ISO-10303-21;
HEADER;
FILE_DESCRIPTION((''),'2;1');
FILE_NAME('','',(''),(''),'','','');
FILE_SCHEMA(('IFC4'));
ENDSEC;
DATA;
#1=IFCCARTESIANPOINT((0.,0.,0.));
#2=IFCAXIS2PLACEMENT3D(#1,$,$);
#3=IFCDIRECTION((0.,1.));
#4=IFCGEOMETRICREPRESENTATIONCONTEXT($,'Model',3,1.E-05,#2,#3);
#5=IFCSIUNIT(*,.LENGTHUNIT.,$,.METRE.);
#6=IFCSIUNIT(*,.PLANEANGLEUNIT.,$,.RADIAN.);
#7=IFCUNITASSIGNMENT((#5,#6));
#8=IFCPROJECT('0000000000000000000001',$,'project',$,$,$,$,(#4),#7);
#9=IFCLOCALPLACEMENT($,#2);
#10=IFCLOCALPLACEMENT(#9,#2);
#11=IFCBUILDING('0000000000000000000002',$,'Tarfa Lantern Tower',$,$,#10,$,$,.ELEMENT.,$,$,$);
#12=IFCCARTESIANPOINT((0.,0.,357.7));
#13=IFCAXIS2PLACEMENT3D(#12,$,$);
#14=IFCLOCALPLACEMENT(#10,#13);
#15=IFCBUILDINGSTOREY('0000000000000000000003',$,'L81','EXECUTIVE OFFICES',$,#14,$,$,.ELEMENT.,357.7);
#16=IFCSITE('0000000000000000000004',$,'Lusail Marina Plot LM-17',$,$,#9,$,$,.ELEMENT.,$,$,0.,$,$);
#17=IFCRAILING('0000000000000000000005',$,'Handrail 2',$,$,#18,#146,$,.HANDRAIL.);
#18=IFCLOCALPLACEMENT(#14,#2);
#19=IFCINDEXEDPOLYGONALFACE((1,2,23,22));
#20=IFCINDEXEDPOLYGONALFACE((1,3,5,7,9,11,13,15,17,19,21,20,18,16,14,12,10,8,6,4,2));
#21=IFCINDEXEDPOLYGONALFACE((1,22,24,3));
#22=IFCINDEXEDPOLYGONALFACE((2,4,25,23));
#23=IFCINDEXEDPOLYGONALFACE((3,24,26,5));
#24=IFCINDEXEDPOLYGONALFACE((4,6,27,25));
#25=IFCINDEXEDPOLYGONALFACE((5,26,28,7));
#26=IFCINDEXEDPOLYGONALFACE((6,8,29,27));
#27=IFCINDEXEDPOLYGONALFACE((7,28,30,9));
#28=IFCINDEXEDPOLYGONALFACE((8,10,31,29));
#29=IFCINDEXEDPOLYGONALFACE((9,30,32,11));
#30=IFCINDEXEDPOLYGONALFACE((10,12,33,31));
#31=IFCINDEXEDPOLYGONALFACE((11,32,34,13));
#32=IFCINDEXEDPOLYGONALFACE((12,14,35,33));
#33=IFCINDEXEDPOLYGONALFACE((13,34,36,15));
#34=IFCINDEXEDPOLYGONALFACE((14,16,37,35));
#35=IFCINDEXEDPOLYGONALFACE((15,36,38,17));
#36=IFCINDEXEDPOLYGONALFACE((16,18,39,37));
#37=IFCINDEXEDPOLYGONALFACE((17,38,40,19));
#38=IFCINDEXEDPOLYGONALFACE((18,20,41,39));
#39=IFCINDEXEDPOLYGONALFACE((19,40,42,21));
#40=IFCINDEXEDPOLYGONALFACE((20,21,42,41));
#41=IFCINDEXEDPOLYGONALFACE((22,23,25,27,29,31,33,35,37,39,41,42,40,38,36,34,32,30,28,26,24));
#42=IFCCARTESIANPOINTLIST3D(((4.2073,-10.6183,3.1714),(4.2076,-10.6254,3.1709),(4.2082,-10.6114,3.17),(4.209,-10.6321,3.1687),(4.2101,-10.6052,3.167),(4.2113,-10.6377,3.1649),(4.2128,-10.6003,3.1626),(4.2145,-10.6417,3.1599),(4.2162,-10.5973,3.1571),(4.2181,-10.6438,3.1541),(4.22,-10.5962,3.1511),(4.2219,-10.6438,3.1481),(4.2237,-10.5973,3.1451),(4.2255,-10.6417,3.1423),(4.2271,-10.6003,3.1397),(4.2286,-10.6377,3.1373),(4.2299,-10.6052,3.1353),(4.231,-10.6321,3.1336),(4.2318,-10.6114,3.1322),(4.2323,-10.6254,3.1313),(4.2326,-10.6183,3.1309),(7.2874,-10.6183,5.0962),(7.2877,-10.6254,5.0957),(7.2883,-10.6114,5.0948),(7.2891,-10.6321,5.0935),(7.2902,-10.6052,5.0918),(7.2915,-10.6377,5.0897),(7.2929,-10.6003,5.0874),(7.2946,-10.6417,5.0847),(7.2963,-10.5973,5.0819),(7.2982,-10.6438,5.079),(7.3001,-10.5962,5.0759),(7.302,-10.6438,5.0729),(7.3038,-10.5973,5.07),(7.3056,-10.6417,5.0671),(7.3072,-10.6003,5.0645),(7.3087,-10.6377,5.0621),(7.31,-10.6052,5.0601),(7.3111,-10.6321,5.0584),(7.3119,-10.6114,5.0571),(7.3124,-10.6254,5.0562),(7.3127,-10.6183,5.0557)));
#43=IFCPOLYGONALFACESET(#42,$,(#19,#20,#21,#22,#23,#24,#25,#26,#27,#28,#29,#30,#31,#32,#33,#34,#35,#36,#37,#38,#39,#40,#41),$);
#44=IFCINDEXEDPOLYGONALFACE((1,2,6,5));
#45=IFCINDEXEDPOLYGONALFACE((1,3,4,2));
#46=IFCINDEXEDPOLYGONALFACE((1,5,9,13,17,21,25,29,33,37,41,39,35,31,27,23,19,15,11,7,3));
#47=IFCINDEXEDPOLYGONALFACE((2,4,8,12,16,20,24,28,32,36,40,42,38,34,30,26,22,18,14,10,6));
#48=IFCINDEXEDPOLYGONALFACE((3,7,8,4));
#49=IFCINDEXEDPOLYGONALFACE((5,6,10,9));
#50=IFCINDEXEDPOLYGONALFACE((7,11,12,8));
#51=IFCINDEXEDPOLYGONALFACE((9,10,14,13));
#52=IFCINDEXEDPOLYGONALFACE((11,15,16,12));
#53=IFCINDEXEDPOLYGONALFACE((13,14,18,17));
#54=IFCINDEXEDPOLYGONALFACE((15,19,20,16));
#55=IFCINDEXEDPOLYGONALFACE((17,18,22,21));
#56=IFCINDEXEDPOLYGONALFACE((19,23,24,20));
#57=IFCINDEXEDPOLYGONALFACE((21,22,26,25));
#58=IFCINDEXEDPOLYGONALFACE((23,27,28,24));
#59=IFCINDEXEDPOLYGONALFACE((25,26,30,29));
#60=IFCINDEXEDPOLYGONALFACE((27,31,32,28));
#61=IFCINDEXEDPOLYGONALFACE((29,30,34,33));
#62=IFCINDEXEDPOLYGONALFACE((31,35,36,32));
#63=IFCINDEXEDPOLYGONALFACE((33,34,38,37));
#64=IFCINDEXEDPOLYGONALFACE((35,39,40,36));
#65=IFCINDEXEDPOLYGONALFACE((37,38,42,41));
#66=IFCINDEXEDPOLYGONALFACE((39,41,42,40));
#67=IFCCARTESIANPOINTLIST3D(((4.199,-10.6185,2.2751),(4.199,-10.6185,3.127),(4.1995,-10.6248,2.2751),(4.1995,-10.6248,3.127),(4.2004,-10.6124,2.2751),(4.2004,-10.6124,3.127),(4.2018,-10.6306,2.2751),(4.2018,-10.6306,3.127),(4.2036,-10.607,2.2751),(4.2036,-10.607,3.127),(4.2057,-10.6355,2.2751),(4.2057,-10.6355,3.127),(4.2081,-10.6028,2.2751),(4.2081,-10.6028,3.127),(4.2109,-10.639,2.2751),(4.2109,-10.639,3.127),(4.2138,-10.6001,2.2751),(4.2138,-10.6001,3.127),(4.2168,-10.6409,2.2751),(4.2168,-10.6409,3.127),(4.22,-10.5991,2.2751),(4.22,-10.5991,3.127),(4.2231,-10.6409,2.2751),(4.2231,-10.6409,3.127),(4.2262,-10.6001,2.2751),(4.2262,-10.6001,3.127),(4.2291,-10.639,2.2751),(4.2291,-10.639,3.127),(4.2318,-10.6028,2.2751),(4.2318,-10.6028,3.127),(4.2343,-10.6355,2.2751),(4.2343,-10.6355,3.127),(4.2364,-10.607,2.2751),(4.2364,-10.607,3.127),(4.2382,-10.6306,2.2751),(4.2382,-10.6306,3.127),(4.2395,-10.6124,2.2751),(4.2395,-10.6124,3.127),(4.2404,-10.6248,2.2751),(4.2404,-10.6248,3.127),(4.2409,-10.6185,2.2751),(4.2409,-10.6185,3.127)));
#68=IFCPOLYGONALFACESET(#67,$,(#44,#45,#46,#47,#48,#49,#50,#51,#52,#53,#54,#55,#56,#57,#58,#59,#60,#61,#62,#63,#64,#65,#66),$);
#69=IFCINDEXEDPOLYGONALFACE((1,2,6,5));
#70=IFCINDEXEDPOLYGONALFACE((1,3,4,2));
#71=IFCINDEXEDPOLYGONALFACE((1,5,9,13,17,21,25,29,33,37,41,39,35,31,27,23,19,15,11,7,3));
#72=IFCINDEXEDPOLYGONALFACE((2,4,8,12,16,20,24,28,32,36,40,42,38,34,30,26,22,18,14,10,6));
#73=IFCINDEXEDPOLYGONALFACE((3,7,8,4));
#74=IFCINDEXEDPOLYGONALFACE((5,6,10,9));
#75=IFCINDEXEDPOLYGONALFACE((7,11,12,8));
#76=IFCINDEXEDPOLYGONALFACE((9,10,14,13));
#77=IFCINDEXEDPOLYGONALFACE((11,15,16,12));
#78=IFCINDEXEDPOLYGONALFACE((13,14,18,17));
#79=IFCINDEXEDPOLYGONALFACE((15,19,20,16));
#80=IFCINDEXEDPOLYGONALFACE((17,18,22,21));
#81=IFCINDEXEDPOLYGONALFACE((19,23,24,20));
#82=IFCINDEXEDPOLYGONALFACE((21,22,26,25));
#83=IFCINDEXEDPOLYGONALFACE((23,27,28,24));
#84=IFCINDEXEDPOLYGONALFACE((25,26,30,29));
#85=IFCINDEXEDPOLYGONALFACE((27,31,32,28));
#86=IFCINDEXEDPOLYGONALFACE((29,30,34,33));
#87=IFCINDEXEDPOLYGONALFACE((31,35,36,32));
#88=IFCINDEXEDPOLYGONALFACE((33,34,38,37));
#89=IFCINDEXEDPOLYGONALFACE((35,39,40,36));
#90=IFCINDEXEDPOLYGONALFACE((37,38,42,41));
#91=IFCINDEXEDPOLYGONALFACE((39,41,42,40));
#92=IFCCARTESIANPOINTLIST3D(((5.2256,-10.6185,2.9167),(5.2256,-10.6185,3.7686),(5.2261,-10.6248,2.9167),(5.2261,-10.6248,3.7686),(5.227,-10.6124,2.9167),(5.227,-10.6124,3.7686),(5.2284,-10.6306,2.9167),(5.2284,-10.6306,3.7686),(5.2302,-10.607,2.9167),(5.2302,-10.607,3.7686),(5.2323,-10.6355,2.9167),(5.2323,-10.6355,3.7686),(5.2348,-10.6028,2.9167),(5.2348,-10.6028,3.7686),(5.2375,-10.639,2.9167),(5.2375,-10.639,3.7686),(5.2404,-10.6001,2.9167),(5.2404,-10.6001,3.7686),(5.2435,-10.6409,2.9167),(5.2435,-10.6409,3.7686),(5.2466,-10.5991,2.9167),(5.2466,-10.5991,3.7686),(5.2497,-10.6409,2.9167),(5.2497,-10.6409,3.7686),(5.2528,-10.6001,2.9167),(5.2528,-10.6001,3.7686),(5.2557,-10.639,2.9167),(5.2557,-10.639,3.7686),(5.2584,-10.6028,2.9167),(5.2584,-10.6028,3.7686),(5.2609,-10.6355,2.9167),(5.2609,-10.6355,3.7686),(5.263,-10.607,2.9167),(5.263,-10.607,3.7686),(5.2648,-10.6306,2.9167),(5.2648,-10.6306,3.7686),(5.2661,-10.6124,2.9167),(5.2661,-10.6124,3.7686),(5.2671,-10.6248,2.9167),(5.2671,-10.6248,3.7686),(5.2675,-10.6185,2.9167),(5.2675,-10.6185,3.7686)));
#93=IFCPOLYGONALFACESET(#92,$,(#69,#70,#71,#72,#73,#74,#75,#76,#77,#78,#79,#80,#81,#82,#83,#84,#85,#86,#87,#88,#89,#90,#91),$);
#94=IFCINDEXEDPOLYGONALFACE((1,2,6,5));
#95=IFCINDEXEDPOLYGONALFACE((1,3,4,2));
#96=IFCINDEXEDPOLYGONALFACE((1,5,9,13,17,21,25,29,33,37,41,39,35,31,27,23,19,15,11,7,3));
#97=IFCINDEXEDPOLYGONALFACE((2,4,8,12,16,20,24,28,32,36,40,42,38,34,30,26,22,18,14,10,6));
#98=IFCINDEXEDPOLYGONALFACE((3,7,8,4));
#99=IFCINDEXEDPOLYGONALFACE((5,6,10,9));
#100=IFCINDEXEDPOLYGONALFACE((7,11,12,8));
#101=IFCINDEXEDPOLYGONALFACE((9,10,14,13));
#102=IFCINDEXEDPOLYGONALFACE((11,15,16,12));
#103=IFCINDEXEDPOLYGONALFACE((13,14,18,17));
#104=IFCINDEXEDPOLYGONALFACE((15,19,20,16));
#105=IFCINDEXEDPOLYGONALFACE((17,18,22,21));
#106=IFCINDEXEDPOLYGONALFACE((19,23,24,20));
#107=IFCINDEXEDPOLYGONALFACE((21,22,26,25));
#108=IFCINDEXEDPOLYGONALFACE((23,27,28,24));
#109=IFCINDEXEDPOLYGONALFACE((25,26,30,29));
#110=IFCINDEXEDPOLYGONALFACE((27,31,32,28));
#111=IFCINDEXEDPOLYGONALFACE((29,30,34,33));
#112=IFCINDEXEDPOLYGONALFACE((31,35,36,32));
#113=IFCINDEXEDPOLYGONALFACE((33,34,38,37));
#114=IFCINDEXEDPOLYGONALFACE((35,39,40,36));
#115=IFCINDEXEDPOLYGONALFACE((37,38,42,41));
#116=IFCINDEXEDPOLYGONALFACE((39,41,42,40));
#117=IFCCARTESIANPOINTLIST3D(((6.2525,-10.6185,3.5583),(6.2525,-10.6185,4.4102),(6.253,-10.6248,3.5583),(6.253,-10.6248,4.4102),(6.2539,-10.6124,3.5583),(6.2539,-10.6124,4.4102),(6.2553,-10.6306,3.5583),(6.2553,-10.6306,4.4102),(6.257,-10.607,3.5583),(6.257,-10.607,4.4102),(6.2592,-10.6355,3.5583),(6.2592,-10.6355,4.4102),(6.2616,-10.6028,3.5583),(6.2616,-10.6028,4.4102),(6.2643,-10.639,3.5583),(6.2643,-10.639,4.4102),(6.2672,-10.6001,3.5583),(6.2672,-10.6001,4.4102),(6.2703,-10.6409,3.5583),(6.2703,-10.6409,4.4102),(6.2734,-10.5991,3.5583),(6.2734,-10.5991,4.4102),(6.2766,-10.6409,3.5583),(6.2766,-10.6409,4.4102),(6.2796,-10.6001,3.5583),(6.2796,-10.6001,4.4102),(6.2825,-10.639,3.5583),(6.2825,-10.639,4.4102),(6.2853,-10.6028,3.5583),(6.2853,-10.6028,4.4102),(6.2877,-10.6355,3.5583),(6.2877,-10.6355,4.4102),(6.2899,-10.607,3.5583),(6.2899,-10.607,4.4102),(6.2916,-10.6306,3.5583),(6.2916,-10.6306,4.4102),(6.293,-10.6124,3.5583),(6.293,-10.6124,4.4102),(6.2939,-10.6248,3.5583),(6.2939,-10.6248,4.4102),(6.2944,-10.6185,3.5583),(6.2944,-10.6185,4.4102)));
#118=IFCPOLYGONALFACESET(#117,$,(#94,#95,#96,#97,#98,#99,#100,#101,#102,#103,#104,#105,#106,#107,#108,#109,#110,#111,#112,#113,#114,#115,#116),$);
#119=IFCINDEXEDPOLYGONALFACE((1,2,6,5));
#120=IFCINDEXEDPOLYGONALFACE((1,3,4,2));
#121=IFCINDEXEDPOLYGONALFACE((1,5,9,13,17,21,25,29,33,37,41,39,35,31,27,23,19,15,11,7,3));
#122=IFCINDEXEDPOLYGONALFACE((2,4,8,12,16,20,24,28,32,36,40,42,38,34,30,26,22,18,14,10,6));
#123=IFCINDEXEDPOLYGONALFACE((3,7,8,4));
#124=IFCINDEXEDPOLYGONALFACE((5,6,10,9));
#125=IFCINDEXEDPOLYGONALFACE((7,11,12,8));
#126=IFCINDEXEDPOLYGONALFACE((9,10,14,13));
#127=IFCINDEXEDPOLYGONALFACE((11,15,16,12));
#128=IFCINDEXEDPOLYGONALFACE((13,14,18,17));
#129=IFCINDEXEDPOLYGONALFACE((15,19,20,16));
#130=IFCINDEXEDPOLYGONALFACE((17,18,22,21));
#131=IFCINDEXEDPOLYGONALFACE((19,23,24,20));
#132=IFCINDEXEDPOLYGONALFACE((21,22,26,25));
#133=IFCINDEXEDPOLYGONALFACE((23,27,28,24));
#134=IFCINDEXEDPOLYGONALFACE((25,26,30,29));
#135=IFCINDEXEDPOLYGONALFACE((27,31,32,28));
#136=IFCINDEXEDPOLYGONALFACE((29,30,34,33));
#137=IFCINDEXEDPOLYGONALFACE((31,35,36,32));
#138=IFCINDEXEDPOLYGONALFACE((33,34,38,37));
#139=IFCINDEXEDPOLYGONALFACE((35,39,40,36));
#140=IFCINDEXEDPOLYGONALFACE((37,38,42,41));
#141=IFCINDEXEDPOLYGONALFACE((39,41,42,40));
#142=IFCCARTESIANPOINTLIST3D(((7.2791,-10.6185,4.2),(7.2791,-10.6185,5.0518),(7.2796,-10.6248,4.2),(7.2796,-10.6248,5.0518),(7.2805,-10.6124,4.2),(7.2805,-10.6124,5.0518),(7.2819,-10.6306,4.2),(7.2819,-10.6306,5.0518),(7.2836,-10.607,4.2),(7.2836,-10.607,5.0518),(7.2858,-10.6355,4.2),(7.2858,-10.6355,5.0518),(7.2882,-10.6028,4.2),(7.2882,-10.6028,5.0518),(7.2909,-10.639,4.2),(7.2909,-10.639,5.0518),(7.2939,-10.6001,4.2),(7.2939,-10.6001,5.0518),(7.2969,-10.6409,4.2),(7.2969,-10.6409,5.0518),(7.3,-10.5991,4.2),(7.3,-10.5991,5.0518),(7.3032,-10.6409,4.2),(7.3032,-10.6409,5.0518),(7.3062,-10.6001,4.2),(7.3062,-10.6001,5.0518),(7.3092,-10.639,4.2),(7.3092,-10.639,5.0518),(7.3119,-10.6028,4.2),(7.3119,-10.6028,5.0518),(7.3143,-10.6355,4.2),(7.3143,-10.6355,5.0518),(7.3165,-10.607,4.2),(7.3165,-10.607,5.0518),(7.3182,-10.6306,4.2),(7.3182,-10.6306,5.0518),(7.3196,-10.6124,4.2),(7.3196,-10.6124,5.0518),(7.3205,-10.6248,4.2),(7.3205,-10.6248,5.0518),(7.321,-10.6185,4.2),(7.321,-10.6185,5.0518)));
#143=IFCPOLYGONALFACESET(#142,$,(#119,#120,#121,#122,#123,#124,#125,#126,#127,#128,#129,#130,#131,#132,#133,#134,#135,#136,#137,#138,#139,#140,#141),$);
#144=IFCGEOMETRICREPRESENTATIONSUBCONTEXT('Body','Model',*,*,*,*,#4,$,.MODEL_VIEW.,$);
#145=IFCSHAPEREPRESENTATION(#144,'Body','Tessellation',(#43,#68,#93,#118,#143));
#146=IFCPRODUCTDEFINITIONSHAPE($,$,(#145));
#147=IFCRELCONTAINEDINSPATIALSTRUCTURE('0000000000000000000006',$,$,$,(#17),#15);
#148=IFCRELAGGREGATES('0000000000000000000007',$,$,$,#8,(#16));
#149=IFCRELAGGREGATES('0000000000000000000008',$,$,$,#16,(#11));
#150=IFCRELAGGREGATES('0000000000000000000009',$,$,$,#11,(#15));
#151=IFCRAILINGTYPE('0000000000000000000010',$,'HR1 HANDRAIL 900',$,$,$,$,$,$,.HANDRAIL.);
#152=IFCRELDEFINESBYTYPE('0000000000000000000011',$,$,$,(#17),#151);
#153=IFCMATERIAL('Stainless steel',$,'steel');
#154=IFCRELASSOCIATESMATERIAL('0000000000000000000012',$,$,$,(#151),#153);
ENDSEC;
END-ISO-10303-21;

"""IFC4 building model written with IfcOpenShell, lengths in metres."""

from ifc_helpers import new_model, si_unit, direction, frame, origin, origin_2d, place, context, subcontext, project, spatial, circle, extrude, material, type_object, element, save


model = new_model("IFC4")

# Units and contexts
model_context = context("Model", 3, precision=1e-05, world=origin(), true_north=direction((0.0, 1.0)))
body_context = subcontext(model_context, "Body", "Model", "MODEL_VIEW")
ifc_project = project(units=[si_unit("LENGTHUNIT", "METRE"), si_unit("PLANEANGLEUNIT", "RADIAN")], contexts=[model_context])

# Site, building, storey
site_placement = place(None, origin())
site = spatial("IfcSite", under=ifc_project, at=site_placement, Name="Lusail Marina Plot LM-17", CompositionType="ELEMENT", RefElevation=0.0)
building_placement = place(site_placement, origin())
building = spatial("IfcBuilding", under=site, at=building_placement, Name="Tarfa Lantern Tower", CompositionType="ELEMENT")
storey_placement = place(building_placement, frame((0.0, 0.0, 357.7)))
storey = spatial("IfcBuildingStorey", under=building, at=storey_placement, Name="L81", Description="EXECUTIVE OFFICES", CompositionType="ELEMENT", Elevation=357.7)

# Railing
ifc_material_1 = material(Name="Stainless steel", Category="steel")
railing_type = type_object("IfcRailingType", Name="HR1 HANDRAIL 900", PredefinedType="HANDRAIL", material=ifc_material_1)
railing_1_placement = place(storey_placement, frame((4.22, -10.6201, 2.2751)))
element("IfcRailing", 1, at=railing_1_placement, inside=storey, type_object=railing_type, Name="Handrail 2", PredefinedType="HANDRAIL", context=body_context, shape_type="SweptSolid", body=[
    extrude(circle(Radius=0.0239, at=origin_2d()), frame((0.0, 0.0, 0.876), z_axis=(0.848029, 0.0, 0.529951), x_axis=(0.0, 1.0, 0.0)), (0.0, 0.0, 1.0), 3.6321),
    extrude(circle(Radius=0.021, at=origin_2d()), frame((0.0, 0.0, 0.0), z_axis=(0.0, 0.0, 1.0), x_axis=(0.0, 1.0, 0.0)), (0.0, 0.0, 1.0), 0.8518),
    extrude(circle(Radius=0.021, at=origin_2d()), frame((1.0266, 0.0, 0.6416), z_axis=(0.0, 0.0, 1.0), x_axis=(0.0, 1.0, 0.0)), (0.0, 0.0, 1.0), 0.8518),
    extrude(circle(Radius=0.021, at=origin_2d()), frame((2.0535, 0.0, 1.2832), z_axis=(0.0, 0.0, 1.0), x_axis=(0.0, 1.0, 0.0)), (0.0, 0.0, 1.0), 0.8518),
    extrude(circle(Radius=0.021, at=origin_2d()), frame((3.0801, 0.0, 1.9248), z_axis=(0.0, 0.0, 1.0), x_axis=(0.0, 1.0, 0.0)), (0.0, 0.0, 1.0), 0.8518),
])

save(model, "model.ifc")
